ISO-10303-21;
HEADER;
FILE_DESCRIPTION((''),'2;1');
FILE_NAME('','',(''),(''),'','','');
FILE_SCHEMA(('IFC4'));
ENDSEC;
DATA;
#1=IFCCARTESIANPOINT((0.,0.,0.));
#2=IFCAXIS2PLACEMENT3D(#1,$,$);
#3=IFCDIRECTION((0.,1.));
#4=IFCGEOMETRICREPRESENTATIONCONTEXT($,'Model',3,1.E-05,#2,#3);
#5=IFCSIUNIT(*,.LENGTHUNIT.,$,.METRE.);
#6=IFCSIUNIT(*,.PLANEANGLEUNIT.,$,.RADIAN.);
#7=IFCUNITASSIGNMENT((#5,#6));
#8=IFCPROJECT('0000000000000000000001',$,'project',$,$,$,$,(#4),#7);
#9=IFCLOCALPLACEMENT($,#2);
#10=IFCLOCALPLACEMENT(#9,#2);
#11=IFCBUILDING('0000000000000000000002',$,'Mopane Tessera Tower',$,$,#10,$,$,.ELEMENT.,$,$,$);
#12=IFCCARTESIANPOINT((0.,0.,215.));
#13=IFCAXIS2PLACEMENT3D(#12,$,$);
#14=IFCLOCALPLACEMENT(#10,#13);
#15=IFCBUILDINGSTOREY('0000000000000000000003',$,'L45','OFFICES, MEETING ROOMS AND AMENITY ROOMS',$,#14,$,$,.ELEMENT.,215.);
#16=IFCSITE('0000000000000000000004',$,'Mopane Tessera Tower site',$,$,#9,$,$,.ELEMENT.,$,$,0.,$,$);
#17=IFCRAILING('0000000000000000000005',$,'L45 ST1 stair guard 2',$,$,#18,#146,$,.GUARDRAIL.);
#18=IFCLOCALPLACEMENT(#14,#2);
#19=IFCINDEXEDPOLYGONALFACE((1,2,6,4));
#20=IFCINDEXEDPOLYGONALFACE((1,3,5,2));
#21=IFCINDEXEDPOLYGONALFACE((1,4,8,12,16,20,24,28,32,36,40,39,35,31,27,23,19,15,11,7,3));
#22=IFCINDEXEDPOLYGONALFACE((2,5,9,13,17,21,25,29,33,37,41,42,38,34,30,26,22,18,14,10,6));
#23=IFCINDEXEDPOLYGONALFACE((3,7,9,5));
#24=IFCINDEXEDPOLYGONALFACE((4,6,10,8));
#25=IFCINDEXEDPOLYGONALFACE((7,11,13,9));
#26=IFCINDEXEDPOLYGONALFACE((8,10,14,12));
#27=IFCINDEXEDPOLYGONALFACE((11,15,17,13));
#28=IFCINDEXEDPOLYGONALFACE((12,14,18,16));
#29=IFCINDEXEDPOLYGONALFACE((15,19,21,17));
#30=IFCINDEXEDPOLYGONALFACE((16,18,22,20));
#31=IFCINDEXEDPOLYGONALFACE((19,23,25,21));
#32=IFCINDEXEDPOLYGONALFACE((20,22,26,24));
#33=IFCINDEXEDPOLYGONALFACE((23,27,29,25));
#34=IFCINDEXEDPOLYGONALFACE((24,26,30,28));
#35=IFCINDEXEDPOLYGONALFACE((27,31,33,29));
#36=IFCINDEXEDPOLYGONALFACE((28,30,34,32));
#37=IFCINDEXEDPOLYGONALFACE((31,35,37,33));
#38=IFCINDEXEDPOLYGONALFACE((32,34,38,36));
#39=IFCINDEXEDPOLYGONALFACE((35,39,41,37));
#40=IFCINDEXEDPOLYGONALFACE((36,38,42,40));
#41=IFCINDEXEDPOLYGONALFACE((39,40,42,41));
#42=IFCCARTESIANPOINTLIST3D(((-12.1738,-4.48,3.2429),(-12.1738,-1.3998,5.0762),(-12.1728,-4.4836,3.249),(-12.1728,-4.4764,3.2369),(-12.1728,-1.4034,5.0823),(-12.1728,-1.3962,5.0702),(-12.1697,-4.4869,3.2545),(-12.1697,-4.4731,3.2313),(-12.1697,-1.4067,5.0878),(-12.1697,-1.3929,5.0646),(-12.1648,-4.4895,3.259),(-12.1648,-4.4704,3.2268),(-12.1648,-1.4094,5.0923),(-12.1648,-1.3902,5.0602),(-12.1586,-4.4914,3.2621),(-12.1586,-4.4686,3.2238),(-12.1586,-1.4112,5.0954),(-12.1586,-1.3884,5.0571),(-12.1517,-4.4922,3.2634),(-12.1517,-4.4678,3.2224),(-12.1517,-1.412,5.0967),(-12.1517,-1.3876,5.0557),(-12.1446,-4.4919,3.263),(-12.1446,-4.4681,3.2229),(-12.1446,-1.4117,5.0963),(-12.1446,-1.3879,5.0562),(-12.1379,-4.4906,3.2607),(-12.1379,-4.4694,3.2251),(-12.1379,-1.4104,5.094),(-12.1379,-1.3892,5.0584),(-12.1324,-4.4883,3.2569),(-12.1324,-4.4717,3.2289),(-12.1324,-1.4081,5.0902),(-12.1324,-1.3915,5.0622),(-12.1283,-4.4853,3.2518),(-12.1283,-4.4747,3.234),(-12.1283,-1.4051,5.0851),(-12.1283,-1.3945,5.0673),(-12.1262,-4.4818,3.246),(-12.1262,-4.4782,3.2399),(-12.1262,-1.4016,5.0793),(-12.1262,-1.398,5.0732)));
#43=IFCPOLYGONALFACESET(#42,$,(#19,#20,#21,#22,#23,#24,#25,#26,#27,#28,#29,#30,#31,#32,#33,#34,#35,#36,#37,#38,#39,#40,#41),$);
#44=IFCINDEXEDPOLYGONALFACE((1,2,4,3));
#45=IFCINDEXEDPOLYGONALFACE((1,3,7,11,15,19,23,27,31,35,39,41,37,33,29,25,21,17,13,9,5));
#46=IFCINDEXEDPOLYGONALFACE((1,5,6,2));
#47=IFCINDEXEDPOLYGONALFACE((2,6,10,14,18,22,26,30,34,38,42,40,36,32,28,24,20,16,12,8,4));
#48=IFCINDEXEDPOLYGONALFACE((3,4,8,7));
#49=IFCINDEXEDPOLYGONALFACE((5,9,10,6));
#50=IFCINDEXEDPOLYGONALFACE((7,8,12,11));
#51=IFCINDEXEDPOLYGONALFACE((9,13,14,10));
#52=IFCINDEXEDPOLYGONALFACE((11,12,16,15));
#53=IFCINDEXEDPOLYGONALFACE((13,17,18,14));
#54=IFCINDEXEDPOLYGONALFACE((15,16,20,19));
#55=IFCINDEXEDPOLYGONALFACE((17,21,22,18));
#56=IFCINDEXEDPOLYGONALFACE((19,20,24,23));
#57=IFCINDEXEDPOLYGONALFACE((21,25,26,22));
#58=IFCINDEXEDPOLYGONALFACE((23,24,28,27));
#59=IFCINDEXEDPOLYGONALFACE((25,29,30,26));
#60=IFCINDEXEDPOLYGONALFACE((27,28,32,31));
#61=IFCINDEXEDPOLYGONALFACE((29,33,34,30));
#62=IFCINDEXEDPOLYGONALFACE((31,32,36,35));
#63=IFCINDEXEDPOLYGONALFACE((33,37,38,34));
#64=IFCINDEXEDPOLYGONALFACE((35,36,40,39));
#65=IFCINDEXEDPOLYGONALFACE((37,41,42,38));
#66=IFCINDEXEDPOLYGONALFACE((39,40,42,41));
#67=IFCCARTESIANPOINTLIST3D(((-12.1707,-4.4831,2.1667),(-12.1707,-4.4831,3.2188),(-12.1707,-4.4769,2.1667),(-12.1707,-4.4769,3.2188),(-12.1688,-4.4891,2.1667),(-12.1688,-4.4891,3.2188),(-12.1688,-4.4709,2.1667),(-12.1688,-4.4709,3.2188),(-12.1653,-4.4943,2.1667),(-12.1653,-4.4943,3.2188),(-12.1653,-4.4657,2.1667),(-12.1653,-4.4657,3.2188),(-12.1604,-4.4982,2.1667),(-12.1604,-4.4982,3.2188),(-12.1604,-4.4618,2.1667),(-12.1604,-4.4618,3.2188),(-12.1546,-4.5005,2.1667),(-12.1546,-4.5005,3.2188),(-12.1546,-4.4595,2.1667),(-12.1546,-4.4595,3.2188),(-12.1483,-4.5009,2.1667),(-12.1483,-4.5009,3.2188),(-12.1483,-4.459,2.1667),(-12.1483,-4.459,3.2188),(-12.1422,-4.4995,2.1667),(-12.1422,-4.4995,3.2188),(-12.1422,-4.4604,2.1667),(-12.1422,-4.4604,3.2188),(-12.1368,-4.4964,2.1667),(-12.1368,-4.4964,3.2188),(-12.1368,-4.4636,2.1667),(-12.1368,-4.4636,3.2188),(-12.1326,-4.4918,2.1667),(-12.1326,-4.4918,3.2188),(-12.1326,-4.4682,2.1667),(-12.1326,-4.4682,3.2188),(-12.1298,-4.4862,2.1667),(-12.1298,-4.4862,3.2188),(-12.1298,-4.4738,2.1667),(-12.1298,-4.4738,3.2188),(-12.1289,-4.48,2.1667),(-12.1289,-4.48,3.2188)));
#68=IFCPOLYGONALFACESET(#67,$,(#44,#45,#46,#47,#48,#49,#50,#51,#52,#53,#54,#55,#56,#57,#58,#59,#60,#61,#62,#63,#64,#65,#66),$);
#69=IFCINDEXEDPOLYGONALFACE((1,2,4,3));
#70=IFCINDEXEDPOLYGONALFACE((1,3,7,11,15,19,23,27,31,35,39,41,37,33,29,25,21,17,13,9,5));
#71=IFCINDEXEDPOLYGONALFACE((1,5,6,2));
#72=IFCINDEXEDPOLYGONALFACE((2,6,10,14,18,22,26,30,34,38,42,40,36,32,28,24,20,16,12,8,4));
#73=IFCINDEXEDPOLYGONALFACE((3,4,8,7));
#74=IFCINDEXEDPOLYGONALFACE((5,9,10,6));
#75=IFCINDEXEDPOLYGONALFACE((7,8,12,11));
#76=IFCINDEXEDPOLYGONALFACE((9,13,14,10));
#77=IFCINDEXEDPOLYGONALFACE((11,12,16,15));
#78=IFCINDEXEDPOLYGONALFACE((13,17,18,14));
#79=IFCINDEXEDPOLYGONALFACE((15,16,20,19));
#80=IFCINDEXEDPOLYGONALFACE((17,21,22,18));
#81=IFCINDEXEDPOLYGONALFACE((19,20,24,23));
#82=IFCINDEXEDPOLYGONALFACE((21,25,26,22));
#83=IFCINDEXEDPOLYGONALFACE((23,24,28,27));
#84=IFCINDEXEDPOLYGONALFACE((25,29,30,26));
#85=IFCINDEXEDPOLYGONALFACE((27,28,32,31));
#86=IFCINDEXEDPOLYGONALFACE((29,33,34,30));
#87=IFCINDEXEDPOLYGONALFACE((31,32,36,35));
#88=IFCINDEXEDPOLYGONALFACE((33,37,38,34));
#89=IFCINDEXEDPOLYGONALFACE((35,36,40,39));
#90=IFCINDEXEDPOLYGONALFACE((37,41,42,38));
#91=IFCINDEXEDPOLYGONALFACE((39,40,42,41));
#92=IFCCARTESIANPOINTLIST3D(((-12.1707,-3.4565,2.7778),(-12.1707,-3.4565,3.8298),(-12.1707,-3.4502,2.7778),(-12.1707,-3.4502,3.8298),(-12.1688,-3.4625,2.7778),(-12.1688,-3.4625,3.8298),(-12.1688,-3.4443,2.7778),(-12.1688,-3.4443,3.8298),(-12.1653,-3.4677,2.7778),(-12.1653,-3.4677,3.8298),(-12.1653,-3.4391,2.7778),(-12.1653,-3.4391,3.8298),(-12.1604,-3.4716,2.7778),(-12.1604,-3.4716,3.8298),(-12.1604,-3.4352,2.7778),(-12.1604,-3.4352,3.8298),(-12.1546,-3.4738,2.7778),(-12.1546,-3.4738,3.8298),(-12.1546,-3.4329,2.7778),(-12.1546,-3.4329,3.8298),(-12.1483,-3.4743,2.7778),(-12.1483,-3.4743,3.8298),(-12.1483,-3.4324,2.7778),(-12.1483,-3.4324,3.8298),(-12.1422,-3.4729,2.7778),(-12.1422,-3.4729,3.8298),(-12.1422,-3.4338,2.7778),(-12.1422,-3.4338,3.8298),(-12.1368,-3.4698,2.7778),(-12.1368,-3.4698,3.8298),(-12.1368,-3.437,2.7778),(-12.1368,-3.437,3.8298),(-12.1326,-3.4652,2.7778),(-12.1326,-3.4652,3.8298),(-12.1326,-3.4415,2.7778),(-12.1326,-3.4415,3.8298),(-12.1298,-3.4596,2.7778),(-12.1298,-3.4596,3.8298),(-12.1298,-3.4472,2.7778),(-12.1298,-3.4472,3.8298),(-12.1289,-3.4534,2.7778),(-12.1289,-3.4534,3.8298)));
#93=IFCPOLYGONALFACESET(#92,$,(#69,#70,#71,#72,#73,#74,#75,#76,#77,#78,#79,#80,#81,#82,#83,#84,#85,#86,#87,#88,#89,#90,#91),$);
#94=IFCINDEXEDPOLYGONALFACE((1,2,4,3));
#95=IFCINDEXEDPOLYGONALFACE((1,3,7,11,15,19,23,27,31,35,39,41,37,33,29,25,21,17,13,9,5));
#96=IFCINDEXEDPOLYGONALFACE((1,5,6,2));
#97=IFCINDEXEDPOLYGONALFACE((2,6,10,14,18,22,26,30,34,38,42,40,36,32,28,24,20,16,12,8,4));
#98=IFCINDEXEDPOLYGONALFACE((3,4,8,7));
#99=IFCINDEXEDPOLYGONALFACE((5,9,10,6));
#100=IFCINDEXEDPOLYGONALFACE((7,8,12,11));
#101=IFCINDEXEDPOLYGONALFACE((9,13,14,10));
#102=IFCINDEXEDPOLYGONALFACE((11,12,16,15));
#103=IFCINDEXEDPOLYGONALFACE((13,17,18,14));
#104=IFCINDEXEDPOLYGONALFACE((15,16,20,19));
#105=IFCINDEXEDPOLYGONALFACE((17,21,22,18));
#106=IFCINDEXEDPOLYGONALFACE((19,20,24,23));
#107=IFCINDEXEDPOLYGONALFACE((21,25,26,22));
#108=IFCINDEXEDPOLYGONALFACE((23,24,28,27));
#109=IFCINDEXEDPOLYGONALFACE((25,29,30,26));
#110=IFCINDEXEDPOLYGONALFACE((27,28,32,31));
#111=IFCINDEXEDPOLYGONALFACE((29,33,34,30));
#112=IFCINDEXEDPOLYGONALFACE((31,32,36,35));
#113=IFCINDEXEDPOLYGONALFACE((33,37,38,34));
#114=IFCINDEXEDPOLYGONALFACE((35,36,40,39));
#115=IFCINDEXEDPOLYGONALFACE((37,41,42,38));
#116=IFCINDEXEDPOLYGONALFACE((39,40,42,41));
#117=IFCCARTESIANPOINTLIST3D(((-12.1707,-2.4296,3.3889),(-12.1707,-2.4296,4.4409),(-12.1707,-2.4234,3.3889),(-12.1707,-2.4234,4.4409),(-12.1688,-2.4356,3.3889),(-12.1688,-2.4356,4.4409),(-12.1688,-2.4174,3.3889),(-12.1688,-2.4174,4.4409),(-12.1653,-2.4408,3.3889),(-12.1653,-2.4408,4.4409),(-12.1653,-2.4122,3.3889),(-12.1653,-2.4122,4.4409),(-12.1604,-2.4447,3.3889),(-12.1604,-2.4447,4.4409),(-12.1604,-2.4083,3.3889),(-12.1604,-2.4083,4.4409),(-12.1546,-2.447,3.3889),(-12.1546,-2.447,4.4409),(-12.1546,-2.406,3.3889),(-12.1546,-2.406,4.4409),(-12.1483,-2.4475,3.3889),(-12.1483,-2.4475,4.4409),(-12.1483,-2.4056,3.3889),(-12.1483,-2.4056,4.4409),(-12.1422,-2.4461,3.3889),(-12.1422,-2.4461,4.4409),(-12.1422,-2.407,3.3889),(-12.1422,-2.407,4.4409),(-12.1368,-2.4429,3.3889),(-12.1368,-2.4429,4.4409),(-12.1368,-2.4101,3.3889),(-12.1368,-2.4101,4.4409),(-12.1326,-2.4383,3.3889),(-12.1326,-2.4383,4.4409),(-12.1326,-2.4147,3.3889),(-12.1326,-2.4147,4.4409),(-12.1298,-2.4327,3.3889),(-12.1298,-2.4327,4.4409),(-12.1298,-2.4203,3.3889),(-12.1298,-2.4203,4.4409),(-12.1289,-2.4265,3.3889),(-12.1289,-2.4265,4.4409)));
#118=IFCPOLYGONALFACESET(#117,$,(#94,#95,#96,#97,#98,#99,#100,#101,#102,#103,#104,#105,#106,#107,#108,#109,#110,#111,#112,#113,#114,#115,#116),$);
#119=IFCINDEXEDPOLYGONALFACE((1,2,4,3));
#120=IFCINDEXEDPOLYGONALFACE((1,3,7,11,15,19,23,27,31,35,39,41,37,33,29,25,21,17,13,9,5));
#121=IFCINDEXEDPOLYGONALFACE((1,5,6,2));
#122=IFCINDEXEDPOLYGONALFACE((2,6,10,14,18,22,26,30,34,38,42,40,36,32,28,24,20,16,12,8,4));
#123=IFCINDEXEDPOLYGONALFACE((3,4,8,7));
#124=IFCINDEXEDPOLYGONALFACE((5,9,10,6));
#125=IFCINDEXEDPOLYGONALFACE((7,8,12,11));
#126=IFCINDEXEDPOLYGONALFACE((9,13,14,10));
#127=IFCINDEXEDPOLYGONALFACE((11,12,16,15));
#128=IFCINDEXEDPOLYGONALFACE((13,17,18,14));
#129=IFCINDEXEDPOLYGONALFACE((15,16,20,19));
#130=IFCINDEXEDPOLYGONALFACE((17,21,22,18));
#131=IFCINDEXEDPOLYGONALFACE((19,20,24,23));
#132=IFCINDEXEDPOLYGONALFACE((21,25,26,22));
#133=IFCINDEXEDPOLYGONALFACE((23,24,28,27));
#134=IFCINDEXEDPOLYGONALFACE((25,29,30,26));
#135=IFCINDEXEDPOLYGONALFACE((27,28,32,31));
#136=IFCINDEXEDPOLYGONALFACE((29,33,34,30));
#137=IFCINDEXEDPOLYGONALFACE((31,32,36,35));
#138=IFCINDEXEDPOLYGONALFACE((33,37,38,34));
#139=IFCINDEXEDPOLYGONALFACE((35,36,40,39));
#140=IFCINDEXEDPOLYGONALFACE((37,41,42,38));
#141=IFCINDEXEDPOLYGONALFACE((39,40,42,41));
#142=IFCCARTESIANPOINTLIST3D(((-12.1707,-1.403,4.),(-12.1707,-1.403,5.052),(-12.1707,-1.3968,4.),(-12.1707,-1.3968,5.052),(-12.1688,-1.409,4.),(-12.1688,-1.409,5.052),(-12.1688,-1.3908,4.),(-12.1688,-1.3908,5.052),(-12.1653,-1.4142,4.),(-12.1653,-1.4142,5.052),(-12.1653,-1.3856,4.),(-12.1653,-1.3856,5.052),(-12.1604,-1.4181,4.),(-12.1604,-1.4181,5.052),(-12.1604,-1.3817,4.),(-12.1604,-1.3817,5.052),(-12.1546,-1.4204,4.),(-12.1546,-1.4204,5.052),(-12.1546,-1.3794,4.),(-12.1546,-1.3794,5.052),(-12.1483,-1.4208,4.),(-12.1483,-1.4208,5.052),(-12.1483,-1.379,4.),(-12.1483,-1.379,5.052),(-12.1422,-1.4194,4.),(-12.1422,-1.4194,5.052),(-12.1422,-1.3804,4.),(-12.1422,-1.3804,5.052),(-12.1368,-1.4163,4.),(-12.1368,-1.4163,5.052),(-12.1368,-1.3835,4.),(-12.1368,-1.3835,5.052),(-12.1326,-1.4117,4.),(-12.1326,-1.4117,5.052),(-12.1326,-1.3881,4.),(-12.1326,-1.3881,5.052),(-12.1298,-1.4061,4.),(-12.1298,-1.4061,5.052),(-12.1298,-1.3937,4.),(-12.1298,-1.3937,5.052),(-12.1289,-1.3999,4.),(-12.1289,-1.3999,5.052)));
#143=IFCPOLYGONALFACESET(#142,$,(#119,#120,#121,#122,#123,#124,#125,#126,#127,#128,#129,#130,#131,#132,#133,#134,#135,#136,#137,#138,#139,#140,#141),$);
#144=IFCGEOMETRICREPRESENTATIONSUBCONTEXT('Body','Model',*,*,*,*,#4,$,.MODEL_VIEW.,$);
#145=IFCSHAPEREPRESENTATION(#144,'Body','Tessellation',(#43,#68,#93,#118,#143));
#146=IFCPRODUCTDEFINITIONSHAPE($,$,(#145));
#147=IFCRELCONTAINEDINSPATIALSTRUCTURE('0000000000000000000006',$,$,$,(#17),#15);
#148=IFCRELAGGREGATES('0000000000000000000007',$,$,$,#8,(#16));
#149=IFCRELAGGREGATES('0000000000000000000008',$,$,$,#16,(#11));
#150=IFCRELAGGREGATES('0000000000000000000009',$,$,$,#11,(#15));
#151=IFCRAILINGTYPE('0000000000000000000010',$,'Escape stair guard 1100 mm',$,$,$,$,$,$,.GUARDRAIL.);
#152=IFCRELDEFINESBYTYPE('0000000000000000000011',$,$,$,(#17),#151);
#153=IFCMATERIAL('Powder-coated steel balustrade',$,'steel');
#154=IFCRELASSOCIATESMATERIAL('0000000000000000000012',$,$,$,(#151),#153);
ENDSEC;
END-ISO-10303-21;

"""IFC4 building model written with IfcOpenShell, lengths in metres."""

from ifc_helpers import new_model, si_unit, direction, frame, origin, origin_2d, place, context, subcontext, project, spatial, circle, extrude, material, type_object, element, save


model = new_model("IFC4")

# Units and contexts
model_context = context("Model", 3, precision=1e-05, world=origin(), true_north=direction((0.0, 1.0)))
body_context = subcontext(model_context, "Body", "Model", "MODEL_VIEW")
ifc_project = project(units=[si_unit("LENGTHUNIT", "METRE"), si_unit("PLANEANGLEUNIT", "RADIAN")], contexts=[model_context])

# Site, building, storey
site_placement = place(None, origin())
site = spatial("IfcSite", under=ifc_project, at=site_placement, Name="Mopane Tessera Tower site", CompositionType="ELEMENT", RefElevation=0.0)
building_placement = place(site_placement, origin())
building = spatial("IfcBuilding", under=site, at=building_placement, Name="Mopane Tessera Tower", CompositionType="ELEMENT")
storey_placement = place(building_placement, frame((0.0, 0.0, 215.0)))
storey = spatial("IfcBuildingStorey", under=building, at=storey_placement, Name="L45", Description="OFFICES, MEETING ROOMS AND AMENITY ROOMS", CompositionType="ELEMENT", Elevation=215.0)

# Railing
ifc_material_1 = material(Name="Powder-coated steel balustrade", Category="steel")
railing_type_1 = type_object("IfcRailingType", Name="Escape stair guard 1100 mm", PredefinedType="GUARDRAIL", material=ifc_material_1)
railing_1_placement = place(storey_placement, frame((-12.1499, -4.48, 2.1667)))
element("IfcRailing", 1, at=railing_1_placement, inside=storey, type_object=railing_type_1, Name="L45 ST1 stair guard 2", PredefinedType="GUARDRAIL", context=body_context, shape_type="SweptSolid", body=[
    extrude(circle(Radius=0.0239, at=origin_2d()), frame((0.0, 0.0, 1.0762), z_axis=(0.0, 0.859309, 0.511458), x_axis=(-1.0, 0.0, 0.0)), (0.0, 0.0, 1.0), 3.5845),
    extrude(circle(Radius=0.021, at=origin_2d()), origin(), (0.0, 0.0, 1.0), 1.052),
    extrude(circle(Radius=0.021, at=origin_2d()), frame((0.0, 1.0266, 0.6111)), (0.0, 0.0, 1.0), 1.052),
    extrude(circle(Radius=0.021, at=origin_2d()), frame((0.0, 2.0535, 1.2222)), (0.0, 0.0, 1.0), 1.052),
    extrude(circle(Radius=0.021, at=origin_2d()), frame((0.0, 3.0801, 1.8333)), (0.0, 0.0, 1.0), 1.052),
])

save(model, "model.ifc")
